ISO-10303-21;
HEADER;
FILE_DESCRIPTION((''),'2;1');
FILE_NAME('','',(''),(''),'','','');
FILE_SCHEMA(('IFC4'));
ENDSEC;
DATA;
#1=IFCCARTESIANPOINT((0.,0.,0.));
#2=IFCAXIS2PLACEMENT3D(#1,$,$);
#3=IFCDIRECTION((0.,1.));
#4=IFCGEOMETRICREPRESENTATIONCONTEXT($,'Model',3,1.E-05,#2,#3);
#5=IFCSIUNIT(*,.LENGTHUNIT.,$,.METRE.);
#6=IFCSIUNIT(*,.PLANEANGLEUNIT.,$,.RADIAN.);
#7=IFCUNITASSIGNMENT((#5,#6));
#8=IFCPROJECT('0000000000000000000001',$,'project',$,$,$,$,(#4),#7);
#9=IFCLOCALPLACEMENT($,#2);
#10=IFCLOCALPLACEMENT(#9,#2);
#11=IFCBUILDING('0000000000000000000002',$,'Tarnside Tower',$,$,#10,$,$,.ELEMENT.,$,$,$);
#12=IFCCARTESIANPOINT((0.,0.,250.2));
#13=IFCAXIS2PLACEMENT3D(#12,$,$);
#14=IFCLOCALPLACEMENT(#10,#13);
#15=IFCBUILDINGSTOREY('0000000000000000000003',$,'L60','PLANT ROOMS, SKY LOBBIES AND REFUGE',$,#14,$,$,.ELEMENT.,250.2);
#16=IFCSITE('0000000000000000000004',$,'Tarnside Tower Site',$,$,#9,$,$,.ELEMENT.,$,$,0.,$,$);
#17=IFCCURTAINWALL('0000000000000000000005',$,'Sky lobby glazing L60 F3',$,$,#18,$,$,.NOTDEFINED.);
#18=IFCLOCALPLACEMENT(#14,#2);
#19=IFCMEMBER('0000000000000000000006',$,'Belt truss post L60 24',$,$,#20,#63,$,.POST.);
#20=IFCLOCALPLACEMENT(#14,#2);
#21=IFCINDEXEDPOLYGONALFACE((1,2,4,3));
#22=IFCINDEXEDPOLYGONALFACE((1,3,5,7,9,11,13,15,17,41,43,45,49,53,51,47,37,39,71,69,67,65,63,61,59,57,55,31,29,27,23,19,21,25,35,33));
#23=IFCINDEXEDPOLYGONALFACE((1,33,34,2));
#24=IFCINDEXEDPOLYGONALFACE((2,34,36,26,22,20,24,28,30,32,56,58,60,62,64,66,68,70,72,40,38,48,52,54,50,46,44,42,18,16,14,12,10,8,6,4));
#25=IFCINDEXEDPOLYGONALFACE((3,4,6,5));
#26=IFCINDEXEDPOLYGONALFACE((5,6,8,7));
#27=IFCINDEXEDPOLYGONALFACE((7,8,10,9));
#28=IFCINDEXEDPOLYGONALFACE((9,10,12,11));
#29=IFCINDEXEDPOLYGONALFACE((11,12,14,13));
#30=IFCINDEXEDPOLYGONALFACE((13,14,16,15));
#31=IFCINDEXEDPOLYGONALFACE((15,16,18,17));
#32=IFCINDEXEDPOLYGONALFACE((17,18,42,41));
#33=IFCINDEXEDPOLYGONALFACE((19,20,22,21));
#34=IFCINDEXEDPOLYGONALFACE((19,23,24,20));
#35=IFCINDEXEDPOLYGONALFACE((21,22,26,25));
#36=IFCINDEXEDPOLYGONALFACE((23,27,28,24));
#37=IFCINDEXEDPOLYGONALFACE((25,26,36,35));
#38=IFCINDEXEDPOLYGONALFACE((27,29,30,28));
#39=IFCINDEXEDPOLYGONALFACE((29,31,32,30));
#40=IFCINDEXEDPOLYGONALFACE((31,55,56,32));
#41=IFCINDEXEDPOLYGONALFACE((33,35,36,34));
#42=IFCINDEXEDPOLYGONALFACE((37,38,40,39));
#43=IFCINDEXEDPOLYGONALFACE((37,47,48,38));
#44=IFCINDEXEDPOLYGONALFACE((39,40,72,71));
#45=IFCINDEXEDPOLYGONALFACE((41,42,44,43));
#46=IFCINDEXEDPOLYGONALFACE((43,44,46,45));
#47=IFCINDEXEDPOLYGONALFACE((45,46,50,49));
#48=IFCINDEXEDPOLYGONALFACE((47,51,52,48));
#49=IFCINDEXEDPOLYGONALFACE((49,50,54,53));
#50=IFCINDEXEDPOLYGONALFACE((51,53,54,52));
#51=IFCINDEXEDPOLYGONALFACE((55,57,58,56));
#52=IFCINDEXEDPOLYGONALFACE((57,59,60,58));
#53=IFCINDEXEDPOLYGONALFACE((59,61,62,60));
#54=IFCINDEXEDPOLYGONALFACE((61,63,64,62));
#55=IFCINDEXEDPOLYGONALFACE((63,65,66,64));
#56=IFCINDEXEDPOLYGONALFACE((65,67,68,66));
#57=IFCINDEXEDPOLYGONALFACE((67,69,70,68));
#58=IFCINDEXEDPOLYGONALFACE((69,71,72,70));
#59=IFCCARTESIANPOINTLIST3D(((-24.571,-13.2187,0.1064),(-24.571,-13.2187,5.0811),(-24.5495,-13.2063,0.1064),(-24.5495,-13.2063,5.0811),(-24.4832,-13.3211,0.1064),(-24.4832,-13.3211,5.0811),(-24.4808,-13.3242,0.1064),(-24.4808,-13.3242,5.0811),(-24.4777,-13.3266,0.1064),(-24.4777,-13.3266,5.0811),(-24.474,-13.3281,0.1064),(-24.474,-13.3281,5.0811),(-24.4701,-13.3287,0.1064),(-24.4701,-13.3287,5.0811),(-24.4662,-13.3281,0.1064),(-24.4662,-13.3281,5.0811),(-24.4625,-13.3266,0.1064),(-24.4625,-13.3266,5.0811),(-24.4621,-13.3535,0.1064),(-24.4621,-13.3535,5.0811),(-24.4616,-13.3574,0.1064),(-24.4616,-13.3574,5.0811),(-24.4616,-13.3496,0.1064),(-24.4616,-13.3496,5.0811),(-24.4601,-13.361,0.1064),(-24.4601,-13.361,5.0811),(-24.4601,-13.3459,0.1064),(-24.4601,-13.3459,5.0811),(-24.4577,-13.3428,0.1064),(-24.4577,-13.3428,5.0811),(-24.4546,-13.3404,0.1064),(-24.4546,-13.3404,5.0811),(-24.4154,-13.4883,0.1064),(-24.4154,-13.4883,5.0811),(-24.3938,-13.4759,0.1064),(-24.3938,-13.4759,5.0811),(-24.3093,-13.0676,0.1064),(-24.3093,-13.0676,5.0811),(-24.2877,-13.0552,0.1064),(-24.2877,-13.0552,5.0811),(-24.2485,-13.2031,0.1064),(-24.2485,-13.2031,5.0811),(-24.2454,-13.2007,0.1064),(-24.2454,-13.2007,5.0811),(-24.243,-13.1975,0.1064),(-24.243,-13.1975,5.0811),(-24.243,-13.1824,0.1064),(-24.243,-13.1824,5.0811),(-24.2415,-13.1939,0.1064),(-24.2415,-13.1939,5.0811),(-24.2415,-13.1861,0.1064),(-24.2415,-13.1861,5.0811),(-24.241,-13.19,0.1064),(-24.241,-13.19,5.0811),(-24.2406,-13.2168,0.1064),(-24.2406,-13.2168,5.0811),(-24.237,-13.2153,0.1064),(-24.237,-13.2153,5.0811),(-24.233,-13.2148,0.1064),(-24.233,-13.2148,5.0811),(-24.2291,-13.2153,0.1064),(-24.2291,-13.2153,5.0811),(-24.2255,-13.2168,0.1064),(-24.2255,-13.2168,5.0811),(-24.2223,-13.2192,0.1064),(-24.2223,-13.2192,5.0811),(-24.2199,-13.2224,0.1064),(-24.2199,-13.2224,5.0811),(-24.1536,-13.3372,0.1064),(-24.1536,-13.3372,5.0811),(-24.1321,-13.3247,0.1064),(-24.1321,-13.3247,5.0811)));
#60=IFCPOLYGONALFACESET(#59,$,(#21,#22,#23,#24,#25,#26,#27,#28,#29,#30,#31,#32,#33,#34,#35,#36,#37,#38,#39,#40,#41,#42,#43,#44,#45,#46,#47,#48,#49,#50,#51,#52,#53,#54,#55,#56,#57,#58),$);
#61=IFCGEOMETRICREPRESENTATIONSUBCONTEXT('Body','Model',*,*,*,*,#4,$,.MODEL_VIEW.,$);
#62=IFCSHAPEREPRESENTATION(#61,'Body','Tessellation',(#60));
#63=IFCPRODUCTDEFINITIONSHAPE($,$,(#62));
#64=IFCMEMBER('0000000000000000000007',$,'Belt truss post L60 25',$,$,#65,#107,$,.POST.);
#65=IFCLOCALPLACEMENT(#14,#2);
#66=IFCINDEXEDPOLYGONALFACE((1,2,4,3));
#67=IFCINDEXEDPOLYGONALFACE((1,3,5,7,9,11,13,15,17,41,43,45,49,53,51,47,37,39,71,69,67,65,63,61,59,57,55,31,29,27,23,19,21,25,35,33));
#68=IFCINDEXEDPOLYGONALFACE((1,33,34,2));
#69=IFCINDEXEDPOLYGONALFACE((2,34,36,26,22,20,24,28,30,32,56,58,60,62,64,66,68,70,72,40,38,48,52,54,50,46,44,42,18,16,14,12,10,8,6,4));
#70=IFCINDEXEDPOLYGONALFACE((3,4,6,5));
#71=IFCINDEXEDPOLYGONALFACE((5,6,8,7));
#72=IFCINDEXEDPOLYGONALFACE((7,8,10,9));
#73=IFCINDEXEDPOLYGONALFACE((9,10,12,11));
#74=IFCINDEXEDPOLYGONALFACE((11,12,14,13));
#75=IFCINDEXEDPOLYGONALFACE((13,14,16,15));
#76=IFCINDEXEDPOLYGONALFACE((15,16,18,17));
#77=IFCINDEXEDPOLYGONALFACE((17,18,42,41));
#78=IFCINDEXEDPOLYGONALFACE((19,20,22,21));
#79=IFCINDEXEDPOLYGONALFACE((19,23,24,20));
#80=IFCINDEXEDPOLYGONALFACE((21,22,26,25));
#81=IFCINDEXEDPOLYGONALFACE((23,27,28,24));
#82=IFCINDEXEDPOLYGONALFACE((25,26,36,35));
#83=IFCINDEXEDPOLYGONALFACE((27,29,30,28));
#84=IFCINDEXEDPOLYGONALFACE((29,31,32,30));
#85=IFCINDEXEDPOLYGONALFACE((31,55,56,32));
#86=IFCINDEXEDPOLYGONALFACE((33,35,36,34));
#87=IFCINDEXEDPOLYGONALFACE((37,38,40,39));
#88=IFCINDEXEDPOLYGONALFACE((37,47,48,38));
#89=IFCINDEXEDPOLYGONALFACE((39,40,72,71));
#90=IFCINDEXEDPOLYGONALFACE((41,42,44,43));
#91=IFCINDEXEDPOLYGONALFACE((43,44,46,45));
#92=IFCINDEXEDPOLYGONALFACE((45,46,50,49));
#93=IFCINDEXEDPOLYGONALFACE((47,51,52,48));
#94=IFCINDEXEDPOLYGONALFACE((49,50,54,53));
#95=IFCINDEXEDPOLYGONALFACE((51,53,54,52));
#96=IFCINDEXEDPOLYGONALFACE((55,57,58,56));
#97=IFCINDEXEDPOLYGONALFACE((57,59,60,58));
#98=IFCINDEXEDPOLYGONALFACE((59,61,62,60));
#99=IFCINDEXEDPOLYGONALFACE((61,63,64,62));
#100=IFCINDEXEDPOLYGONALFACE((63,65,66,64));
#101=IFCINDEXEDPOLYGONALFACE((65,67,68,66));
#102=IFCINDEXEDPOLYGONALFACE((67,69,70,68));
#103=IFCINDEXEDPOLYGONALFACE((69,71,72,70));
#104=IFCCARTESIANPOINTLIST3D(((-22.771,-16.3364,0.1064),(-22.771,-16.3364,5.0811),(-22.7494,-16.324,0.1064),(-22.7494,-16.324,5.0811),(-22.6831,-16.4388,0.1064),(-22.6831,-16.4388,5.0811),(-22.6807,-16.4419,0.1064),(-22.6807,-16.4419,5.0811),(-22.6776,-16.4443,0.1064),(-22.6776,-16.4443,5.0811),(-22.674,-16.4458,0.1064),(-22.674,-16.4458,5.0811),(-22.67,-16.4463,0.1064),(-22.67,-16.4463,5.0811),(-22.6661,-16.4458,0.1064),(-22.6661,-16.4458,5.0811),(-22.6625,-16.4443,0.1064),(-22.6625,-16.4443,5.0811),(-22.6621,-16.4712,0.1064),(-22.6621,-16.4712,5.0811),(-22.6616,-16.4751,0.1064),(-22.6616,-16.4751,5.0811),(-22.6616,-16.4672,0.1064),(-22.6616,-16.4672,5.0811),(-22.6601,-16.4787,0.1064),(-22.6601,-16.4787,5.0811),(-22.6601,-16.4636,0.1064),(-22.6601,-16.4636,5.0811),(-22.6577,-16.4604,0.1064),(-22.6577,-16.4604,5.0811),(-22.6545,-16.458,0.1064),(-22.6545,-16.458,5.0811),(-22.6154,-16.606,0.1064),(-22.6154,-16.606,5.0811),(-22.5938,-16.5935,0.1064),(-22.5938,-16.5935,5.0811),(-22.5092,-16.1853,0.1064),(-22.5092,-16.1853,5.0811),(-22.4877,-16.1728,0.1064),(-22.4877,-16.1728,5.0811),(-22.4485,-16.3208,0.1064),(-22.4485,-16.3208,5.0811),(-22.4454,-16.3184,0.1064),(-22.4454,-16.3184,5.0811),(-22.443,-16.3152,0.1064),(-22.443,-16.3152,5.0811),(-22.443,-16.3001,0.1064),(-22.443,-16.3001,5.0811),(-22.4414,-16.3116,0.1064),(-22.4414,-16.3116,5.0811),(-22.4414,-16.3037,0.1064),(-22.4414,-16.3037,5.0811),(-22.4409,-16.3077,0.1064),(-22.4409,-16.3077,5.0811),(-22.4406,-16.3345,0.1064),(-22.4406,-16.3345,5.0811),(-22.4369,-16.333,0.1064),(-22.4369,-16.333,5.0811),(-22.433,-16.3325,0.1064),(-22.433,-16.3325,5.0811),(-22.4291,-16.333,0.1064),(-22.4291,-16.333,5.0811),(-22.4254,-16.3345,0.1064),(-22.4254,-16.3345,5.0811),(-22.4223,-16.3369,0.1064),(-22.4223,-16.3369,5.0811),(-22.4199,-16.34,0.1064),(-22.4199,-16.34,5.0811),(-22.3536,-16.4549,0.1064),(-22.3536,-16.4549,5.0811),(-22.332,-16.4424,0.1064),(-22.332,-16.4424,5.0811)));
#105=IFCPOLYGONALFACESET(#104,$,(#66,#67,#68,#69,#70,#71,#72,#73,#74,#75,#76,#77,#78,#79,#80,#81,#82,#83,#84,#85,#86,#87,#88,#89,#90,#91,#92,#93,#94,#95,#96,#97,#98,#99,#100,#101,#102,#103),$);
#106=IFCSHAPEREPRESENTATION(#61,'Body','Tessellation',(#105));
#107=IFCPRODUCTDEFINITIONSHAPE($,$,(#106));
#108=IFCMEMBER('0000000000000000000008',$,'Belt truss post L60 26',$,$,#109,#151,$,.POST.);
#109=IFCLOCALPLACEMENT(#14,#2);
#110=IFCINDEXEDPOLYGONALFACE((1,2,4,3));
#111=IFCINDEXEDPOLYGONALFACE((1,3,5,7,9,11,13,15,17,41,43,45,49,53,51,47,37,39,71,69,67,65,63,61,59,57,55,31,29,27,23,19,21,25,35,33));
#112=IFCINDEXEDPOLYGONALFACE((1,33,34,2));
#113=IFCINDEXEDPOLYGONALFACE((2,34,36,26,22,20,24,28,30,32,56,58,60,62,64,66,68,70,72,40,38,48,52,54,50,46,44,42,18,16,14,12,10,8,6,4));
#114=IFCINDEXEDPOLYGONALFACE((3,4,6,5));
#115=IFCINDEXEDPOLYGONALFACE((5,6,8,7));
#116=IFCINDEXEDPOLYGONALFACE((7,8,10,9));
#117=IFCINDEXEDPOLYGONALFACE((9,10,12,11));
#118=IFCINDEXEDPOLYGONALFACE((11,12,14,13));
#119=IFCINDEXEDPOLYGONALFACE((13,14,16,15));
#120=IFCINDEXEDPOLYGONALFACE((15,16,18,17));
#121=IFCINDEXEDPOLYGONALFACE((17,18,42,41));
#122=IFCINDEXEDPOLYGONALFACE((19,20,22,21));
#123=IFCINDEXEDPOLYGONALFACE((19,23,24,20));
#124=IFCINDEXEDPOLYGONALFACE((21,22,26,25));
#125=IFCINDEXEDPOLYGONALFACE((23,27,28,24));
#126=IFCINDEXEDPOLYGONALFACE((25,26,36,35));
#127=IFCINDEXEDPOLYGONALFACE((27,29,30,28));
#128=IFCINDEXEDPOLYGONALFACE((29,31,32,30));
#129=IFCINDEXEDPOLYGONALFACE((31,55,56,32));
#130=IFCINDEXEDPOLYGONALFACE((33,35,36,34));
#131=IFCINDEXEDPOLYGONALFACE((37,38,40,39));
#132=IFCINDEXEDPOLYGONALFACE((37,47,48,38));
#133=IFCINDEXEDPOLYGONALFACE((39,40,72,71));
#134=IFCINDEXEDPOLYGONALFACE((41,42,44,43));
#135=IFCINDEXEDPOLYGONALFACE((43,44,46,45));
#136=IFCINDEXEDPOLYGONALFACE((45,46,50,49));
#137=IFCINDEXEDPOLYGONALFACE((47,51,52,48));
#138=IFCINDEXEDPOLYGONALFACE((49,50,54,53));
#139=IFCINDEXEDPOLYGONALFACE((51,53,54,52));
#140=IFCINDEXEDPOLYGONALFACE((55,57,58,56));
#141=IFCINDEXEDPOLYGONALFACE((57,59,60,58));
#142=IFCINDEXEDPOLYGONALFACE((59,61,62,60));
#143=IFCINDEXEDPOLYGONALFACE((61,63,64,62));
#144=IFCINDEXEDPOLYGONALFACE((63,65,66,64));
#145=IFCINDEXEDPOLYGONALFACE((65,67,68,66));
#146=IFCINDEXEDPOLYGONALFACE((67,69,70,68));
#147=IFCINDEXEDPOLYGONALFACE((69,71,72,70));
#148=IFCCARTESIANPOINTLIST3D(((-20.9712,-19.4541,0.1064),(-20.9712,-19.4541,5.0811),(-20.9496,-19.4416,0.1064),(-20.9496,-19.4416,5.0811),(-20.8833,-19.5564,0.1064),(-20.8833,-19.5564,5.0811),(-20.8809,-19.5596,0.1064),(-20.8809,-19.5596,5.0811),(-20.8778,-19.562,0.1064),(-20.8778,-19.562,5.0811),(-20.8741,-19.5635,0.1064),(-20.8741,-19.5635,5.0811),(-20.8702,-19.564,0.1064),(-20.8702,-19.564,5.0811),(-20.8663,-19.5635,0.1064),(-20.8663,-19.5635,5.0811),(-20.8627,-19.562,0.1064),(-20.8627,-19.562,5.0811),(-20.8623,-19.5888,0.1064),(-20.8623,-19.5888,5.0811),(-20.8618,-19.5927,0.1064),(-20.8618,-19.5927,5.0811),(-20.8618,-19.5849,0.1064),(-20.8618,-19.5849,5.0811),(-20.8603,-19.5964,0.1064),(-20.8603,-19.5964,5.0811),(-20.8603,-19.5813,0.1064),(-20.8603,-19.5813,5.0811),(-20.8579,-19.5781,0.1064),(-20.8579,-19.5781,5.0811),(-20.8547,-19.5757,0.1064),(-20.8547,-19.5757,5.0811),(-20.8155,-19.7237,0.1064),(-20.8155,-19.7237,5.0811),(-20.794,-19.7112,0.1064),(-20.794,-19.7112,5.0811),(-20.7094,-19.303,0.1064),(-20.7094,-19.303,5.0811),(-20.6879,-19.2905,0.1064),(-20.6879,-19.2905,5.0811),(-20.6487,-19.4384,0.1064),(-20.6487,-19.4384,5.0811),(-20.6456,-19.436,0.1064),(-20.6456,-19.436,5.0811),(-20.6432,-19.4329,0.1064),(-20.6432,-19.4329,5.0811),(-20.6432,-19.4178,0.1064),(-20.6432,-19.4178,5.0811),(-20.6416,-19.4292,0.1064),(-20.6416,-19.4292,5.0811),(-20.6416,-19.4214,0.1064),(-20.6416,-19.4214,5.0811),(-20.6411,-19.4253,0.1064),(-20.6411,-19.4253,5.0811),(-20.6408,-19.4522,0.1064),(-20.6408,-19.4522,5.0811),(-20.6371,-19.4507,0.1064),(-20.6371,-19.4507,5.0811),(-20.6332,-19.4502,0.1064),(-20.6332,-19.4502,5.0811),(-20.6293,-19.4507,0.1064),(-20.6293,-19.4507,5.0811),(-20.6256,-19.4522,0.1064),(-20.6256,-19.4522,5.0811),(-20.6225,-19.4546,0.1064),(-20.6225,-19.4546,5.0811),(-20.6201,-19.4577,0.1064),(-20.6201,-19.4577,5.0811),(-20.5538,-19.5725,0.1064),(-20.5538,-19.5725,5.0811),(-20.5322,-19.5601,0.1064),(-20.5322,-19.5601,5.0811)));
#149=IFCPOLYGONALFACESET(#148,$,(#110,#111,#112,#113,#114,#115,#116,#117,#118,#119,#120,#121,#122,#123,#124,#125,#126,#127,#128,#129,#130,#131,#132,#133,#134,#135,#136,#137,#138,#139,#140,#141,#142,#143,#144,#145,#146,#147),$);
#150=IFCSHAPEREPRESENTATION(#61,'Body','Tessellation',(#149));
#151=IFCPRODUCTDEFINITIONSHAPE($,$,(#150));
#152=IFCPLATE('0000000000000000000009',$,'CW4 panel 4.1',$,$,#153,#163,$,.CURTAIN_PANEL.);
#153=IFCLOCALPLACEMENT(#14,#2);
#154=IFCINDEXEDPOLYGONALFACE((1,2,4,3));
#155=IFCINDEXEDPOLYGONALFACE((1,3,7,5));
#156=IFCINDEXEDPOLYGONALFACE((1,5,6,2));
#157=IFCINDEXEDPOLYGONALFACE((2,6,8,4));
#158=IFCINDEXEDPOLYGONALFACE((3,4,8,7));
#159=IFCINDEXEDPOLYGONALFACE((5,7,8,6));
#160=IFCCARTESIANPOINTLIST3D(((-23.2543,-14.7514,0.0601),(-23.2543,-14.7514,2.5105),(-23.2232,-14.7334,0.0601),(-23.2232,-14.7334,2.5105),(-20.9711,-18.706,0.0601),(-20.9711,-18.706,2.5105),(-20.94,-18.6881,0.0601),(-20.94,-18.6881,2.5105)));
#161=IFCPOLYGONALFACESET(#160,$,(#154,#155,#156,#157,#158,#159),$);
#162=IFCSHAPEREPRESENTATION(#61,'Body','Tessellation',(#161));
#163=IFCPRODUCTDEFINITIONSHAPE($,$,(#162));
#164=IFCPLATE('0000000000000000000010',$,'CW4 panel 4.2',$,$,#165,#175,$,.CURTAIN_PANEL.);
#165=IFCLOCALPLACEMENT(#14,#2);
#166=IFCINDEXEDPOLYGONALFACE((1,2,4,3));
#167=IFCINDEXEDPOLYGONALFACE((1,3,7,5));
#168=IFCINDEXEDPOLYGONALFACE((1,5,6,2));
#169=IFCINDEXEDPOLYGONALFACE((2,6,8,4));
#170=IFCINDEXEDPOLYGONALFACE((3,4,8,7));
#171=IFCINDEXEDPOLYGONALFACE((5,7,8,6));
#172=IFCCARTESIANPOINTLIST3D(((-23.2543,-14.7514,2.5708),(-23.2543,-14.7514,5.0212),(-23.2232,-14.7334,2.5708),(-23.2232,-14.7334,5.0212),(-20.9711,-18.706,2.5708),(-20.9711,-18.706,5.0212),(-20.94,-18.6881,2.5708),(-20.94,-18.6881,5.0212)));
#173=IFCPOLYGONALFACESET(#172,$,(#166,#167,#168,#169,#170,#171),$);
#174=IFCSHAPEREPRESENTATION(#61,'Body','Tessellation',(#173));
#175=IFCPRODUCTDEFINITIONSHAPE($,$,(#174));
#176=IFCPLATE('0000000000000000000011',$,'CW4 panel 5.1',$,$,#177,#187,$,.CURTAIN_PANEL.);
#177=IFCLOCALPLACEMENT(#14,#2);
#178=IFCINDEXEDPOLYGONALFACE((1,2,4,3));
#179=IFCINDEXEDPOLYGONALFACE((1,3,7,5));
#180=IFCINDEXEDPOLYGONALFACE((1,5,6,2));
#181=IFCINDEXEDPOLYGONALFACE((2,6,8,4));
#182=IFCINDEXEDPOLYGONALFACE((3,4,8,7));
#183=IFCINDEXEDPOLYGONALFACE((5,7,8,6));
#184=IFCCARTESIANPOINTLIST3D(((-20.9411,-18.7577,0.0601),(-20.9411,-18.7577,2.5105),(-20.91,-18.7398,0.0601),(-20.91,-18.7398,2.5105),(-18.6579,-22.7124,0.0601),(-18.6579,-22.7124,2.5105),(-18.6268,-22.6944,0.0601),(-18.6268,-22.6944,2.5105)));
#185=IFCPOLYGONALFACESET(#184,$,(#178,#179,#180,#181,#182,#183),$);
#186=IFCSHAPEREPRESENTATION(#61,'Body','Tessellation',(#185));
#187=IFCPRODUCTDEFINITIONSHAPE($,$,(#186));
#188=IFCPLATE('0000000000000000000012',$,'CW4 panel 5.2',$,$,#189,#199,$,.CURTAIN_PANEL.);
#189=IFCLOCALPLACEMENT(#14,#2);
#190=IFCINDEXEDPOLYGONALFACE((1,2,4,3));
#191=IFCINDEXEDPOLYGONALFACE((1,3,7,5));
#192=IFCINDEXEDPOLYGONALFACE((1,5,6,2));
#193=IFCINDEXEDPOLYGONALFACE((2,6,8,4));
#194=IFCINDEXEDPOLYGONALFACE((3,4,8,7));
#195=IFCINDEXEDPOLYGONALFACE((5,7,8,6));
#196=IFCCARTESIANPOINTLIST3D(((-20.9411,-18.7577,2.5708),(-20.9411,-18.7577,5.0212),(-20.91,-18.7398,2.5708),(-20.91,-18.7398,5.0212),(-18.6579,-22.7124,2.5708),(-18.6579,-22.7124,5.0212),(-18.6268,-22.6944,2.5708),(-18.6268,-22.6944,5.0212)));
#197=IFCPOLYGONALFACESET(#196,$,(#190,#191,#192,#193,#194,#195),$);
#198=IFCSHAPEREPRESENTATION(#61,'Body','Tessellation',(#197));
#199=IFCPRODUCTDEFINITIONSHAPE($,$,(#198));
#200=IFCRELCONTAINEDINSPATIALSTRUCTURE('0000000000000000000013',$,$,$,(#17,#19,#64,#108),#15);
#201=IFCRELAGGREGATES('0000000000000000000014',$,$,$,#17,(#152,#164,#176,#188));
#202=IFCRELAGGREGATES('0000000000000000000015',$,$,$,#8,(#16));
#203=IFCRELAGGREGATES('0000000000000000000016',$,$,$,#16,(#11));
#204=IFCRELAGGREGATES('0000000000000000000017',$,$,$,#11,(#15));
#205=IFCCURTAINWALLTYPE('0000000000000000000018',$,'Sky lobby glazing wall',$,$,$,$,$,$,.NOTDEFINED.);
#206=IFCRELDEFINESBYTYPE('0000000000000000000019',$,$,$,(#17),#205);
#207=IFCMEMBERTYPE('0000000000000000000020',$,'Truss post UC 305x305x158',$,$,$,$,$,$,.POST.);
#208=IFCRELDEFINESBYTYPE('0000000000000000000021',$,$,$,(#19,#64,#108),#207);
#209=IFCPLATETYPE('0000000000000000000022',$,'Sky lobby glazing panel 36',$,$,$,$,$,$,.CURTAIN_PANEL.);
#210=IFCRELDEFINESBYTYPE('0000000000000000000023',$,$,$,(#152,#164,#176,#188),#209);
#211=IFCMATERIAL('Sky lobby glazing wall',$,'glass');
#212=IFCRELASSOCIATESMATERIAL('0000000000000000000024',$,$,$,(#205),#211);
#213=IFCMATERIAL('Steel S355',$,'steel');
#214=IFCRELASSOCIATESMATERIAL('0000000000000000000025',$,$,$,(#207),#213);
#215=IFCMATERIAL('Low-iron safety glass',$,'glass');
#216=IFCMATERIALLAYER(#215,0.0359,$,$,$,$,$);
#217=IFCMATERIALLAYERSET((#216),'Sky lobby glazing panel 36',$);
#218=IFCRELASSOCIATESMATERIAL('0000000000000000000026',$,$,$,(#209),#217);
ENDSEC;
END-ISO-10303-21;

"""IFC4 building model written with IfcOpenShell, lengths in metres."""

from ifc_helpers import new_model, si_unit, direction, frame, origin, origin_2d, place, context, subcontext, project, spatial, rectangle, i_section, extrude, material, layer, layer_set, material_profile, profile_set, type_object, element, aggregate, save


model = new_model("IFC4")

# Units and contexts
model_context = context("Model", 3, precision=1e-05, world=origin(), true_north=direction((0.0, 1.0)))
body_context = subcontext(model_context, "Body", "Model", "MODEL_VIEW")
ifc_project = project(units=[si_unit("LENGTHUNIT", "METRE"), si_unit("PLANEANGLEUNIT", "RADIAN")], contexts=[model_context])

# Site, building, storey
site_placement = place(None, origin())
site = spatial("IfcSite", under=ifc_project, at=site_placement, Name="Tarnside Tower Site", CompositionType="ELEMENT", RefElevation=0.0)
building_placement = place(site_placement, origin())
building = spatial("IfcBuilding", under=site, at=building_placement, Name="Tarnside Tower", CompositionType="ELEMENT")
storey_placement = place(building_placement, frame((0.0, 0.0, 250.2)))
storey = spatial("IfcBuildingStorey", under=building, at=storey_placement, Name="L60", Description="PLANT ROOMS, SKY LOBBIES AND REFUGE", CompositionType="ELEMENT", Elevation=250.2)

# Shared definitions
ifc_material_1 = material(Name="Steel S355", Category="steel")

# Curtain wall
ifc_material_2 = material(Name="Sky lobby glazing wall", Category="glass")
curtain_wall_type = type_object("IfcCurtainWallType", Name="Sky lobby glazing wall", PredefinedType="NOTDEFINED", material=ifc_material_2)
curtain_wall_placement = place(storey_placement, origin())
curtain_wall = element("IfcCurtainWall", 1, at=curtain_wall_placement, inside=storey, type_object=curtain_wall_type, Name="Sky lobby glazing L60 F3", PredefinedType="NOTDEFINED")

# Members
ifc_material_profile_1 = material_profile(ifc_material_1, i_section(OverallWidth=0.3113, OverallDepth=0.3271, WebThickness=0.0159, FlangeThickness=0.0249, FilletRadius=0.0151, at=origin_2d()), Name="UC 305x305x158")
ifc_profile_set_1 = profile_set([ifc_material_profile_1], Name="Steel S355")
member_type_1 = type_object("IfcMemberType", Name="Truss post UC 305x305x158", PredefinedType="POST", material=ifc_profile_set_1)
for number, where, z_axis, x_axis, name in (
    (2, (-24.3516, -13.2717, 0.1064), (0.0, 0.0, 1.0), (0.5, -0.866025, 0.0), "Belt truss post L60 24"),
    (3, (-22.5515, -16.3894, 0.1064), (0.0, 0.0, 1.0), (0.5, -0.866025, 0.0), "Belt truss post L60 25"),
    (4, (-20.7517, -19.5071, 0.1064), (0.0, 0.0, 1.0), (0.5, -0.866025, 0.0), "Belt truss post L60 26"),
):
    element("IfcMember", number, at=place(storey_placement, frame(where, z_axis=z_axis, x_axis=x_axis)), inside=storey, type_object=member_type_1, Name=name, PredefinedType="POST", context=body_context, shape_type="SweptSolid", body=[
        extrude(i_section(OverallWidth=0.3113, OverallDepth=0.3271, WebThickness=0.0159, FlangeThickness=0.0249, FilletRadius=0.0151, at=origin_2d()), origin(), (0.0, 0.0, 1.0), 4.9746),
    ])

# Plates
ifc_material_3 = material(Name="Low-iron safety glass", Category="glass")
ifc_layer_1 = layer(ifc_material_3, 0.0359)
ifc_layer_set_1 = layer_set([ifc_layer_1], Name="Sky lobby glazing panel 36")
plate_type = type_object("IfcPlateType", Name="Sky lobby glazing panel 36", PredefinedType="CURTAIN_PANEL", material=ifc_layer_set_1)
plate_1_placement = place(storey_placement, frame((-22.0972, -16.7197, 0.0601), z_axis=(0.0, 0.0, 1.0), x_axis=(0.5, -0.866025, 0.0)))
plate_1 = element("IfcPlate", 5, at=plate_1_placement, type_object=plate_type, Name="CW4 panel 4.1", PredefinedType="CURTAIN_PANEL", context=body_context, shape_type="SweptSolid", body=[
    extrude(rectangle(XDim=4.5664, YDim=0.0359, at=origin_2d()), origin(), (0.0, 0.0, 1.0), 2.4504),
])
plate_2_placement = place(storey_placement, frame((-22.0972, -16.7197, 2.5708), z_axis=(0.0, 0.0, 1.0), x_axis=(0.5, -0.866025, 0.0)))
plate_2 = element("IfcPlate", 6, at=plate_2_placement, type_object=plate_type, Name="CW4 panel 4.2", PredefinedType="CURTAIN_PANEL", context=body_context, shape_type="SweptSolid", body=[
    extrude(rectangle(XDim=4.5664, YDim=0.0359, at=origin_2d()), origin(), (0.0, 0.0, 1.0), 2.4504),
])
plate_3_placement = place(storey_placement, frame((-19.7839, -20.7261, 0.0601), z_axis=(0.0, 0.0, 1.0), x_axis=(0.5, -0.866025, 0.0)))
plate_3 = element("IfcPlate", 7, at=plate_3_placement, type_object=plate_type, Name="CW4 panel 5.1", PredefinedType="CURTAIN_PANEL", context=body_context, shape_type="SweptSolid", body=[
    extrude(rectangle(XDim=4.5664, YDim=0.0359, at=origin_2d()), origin(), (0.0, 0.0, 1.0), 2.4504),
])
plate_4_placement = place(storey_placement, frame((-19.7839, -20.7261, 2.5708), z_axis=(0.0, 0.0, 1.0), x_axis=(0.5, -0.866025, 0.0)))
plate_4 = element("IfcPlate", 8, at=plate_4_placement, type_object=plate_type, Name="CW4 panel 5.2", PredefinedType="CURTAIN_PANEL", context=body_context, shape_type="SweptSolid", body=[
    extrude(rectangle(XDim=4.5664, YDim=0.0359, at=origin_2d()), origin(), (0.0, 0.0, 1.0), 2.4504),
])
aggregate(curtain_wall, [plate_1, plate_2, plate_3, plate_4])

save(model, "model.ifc")
